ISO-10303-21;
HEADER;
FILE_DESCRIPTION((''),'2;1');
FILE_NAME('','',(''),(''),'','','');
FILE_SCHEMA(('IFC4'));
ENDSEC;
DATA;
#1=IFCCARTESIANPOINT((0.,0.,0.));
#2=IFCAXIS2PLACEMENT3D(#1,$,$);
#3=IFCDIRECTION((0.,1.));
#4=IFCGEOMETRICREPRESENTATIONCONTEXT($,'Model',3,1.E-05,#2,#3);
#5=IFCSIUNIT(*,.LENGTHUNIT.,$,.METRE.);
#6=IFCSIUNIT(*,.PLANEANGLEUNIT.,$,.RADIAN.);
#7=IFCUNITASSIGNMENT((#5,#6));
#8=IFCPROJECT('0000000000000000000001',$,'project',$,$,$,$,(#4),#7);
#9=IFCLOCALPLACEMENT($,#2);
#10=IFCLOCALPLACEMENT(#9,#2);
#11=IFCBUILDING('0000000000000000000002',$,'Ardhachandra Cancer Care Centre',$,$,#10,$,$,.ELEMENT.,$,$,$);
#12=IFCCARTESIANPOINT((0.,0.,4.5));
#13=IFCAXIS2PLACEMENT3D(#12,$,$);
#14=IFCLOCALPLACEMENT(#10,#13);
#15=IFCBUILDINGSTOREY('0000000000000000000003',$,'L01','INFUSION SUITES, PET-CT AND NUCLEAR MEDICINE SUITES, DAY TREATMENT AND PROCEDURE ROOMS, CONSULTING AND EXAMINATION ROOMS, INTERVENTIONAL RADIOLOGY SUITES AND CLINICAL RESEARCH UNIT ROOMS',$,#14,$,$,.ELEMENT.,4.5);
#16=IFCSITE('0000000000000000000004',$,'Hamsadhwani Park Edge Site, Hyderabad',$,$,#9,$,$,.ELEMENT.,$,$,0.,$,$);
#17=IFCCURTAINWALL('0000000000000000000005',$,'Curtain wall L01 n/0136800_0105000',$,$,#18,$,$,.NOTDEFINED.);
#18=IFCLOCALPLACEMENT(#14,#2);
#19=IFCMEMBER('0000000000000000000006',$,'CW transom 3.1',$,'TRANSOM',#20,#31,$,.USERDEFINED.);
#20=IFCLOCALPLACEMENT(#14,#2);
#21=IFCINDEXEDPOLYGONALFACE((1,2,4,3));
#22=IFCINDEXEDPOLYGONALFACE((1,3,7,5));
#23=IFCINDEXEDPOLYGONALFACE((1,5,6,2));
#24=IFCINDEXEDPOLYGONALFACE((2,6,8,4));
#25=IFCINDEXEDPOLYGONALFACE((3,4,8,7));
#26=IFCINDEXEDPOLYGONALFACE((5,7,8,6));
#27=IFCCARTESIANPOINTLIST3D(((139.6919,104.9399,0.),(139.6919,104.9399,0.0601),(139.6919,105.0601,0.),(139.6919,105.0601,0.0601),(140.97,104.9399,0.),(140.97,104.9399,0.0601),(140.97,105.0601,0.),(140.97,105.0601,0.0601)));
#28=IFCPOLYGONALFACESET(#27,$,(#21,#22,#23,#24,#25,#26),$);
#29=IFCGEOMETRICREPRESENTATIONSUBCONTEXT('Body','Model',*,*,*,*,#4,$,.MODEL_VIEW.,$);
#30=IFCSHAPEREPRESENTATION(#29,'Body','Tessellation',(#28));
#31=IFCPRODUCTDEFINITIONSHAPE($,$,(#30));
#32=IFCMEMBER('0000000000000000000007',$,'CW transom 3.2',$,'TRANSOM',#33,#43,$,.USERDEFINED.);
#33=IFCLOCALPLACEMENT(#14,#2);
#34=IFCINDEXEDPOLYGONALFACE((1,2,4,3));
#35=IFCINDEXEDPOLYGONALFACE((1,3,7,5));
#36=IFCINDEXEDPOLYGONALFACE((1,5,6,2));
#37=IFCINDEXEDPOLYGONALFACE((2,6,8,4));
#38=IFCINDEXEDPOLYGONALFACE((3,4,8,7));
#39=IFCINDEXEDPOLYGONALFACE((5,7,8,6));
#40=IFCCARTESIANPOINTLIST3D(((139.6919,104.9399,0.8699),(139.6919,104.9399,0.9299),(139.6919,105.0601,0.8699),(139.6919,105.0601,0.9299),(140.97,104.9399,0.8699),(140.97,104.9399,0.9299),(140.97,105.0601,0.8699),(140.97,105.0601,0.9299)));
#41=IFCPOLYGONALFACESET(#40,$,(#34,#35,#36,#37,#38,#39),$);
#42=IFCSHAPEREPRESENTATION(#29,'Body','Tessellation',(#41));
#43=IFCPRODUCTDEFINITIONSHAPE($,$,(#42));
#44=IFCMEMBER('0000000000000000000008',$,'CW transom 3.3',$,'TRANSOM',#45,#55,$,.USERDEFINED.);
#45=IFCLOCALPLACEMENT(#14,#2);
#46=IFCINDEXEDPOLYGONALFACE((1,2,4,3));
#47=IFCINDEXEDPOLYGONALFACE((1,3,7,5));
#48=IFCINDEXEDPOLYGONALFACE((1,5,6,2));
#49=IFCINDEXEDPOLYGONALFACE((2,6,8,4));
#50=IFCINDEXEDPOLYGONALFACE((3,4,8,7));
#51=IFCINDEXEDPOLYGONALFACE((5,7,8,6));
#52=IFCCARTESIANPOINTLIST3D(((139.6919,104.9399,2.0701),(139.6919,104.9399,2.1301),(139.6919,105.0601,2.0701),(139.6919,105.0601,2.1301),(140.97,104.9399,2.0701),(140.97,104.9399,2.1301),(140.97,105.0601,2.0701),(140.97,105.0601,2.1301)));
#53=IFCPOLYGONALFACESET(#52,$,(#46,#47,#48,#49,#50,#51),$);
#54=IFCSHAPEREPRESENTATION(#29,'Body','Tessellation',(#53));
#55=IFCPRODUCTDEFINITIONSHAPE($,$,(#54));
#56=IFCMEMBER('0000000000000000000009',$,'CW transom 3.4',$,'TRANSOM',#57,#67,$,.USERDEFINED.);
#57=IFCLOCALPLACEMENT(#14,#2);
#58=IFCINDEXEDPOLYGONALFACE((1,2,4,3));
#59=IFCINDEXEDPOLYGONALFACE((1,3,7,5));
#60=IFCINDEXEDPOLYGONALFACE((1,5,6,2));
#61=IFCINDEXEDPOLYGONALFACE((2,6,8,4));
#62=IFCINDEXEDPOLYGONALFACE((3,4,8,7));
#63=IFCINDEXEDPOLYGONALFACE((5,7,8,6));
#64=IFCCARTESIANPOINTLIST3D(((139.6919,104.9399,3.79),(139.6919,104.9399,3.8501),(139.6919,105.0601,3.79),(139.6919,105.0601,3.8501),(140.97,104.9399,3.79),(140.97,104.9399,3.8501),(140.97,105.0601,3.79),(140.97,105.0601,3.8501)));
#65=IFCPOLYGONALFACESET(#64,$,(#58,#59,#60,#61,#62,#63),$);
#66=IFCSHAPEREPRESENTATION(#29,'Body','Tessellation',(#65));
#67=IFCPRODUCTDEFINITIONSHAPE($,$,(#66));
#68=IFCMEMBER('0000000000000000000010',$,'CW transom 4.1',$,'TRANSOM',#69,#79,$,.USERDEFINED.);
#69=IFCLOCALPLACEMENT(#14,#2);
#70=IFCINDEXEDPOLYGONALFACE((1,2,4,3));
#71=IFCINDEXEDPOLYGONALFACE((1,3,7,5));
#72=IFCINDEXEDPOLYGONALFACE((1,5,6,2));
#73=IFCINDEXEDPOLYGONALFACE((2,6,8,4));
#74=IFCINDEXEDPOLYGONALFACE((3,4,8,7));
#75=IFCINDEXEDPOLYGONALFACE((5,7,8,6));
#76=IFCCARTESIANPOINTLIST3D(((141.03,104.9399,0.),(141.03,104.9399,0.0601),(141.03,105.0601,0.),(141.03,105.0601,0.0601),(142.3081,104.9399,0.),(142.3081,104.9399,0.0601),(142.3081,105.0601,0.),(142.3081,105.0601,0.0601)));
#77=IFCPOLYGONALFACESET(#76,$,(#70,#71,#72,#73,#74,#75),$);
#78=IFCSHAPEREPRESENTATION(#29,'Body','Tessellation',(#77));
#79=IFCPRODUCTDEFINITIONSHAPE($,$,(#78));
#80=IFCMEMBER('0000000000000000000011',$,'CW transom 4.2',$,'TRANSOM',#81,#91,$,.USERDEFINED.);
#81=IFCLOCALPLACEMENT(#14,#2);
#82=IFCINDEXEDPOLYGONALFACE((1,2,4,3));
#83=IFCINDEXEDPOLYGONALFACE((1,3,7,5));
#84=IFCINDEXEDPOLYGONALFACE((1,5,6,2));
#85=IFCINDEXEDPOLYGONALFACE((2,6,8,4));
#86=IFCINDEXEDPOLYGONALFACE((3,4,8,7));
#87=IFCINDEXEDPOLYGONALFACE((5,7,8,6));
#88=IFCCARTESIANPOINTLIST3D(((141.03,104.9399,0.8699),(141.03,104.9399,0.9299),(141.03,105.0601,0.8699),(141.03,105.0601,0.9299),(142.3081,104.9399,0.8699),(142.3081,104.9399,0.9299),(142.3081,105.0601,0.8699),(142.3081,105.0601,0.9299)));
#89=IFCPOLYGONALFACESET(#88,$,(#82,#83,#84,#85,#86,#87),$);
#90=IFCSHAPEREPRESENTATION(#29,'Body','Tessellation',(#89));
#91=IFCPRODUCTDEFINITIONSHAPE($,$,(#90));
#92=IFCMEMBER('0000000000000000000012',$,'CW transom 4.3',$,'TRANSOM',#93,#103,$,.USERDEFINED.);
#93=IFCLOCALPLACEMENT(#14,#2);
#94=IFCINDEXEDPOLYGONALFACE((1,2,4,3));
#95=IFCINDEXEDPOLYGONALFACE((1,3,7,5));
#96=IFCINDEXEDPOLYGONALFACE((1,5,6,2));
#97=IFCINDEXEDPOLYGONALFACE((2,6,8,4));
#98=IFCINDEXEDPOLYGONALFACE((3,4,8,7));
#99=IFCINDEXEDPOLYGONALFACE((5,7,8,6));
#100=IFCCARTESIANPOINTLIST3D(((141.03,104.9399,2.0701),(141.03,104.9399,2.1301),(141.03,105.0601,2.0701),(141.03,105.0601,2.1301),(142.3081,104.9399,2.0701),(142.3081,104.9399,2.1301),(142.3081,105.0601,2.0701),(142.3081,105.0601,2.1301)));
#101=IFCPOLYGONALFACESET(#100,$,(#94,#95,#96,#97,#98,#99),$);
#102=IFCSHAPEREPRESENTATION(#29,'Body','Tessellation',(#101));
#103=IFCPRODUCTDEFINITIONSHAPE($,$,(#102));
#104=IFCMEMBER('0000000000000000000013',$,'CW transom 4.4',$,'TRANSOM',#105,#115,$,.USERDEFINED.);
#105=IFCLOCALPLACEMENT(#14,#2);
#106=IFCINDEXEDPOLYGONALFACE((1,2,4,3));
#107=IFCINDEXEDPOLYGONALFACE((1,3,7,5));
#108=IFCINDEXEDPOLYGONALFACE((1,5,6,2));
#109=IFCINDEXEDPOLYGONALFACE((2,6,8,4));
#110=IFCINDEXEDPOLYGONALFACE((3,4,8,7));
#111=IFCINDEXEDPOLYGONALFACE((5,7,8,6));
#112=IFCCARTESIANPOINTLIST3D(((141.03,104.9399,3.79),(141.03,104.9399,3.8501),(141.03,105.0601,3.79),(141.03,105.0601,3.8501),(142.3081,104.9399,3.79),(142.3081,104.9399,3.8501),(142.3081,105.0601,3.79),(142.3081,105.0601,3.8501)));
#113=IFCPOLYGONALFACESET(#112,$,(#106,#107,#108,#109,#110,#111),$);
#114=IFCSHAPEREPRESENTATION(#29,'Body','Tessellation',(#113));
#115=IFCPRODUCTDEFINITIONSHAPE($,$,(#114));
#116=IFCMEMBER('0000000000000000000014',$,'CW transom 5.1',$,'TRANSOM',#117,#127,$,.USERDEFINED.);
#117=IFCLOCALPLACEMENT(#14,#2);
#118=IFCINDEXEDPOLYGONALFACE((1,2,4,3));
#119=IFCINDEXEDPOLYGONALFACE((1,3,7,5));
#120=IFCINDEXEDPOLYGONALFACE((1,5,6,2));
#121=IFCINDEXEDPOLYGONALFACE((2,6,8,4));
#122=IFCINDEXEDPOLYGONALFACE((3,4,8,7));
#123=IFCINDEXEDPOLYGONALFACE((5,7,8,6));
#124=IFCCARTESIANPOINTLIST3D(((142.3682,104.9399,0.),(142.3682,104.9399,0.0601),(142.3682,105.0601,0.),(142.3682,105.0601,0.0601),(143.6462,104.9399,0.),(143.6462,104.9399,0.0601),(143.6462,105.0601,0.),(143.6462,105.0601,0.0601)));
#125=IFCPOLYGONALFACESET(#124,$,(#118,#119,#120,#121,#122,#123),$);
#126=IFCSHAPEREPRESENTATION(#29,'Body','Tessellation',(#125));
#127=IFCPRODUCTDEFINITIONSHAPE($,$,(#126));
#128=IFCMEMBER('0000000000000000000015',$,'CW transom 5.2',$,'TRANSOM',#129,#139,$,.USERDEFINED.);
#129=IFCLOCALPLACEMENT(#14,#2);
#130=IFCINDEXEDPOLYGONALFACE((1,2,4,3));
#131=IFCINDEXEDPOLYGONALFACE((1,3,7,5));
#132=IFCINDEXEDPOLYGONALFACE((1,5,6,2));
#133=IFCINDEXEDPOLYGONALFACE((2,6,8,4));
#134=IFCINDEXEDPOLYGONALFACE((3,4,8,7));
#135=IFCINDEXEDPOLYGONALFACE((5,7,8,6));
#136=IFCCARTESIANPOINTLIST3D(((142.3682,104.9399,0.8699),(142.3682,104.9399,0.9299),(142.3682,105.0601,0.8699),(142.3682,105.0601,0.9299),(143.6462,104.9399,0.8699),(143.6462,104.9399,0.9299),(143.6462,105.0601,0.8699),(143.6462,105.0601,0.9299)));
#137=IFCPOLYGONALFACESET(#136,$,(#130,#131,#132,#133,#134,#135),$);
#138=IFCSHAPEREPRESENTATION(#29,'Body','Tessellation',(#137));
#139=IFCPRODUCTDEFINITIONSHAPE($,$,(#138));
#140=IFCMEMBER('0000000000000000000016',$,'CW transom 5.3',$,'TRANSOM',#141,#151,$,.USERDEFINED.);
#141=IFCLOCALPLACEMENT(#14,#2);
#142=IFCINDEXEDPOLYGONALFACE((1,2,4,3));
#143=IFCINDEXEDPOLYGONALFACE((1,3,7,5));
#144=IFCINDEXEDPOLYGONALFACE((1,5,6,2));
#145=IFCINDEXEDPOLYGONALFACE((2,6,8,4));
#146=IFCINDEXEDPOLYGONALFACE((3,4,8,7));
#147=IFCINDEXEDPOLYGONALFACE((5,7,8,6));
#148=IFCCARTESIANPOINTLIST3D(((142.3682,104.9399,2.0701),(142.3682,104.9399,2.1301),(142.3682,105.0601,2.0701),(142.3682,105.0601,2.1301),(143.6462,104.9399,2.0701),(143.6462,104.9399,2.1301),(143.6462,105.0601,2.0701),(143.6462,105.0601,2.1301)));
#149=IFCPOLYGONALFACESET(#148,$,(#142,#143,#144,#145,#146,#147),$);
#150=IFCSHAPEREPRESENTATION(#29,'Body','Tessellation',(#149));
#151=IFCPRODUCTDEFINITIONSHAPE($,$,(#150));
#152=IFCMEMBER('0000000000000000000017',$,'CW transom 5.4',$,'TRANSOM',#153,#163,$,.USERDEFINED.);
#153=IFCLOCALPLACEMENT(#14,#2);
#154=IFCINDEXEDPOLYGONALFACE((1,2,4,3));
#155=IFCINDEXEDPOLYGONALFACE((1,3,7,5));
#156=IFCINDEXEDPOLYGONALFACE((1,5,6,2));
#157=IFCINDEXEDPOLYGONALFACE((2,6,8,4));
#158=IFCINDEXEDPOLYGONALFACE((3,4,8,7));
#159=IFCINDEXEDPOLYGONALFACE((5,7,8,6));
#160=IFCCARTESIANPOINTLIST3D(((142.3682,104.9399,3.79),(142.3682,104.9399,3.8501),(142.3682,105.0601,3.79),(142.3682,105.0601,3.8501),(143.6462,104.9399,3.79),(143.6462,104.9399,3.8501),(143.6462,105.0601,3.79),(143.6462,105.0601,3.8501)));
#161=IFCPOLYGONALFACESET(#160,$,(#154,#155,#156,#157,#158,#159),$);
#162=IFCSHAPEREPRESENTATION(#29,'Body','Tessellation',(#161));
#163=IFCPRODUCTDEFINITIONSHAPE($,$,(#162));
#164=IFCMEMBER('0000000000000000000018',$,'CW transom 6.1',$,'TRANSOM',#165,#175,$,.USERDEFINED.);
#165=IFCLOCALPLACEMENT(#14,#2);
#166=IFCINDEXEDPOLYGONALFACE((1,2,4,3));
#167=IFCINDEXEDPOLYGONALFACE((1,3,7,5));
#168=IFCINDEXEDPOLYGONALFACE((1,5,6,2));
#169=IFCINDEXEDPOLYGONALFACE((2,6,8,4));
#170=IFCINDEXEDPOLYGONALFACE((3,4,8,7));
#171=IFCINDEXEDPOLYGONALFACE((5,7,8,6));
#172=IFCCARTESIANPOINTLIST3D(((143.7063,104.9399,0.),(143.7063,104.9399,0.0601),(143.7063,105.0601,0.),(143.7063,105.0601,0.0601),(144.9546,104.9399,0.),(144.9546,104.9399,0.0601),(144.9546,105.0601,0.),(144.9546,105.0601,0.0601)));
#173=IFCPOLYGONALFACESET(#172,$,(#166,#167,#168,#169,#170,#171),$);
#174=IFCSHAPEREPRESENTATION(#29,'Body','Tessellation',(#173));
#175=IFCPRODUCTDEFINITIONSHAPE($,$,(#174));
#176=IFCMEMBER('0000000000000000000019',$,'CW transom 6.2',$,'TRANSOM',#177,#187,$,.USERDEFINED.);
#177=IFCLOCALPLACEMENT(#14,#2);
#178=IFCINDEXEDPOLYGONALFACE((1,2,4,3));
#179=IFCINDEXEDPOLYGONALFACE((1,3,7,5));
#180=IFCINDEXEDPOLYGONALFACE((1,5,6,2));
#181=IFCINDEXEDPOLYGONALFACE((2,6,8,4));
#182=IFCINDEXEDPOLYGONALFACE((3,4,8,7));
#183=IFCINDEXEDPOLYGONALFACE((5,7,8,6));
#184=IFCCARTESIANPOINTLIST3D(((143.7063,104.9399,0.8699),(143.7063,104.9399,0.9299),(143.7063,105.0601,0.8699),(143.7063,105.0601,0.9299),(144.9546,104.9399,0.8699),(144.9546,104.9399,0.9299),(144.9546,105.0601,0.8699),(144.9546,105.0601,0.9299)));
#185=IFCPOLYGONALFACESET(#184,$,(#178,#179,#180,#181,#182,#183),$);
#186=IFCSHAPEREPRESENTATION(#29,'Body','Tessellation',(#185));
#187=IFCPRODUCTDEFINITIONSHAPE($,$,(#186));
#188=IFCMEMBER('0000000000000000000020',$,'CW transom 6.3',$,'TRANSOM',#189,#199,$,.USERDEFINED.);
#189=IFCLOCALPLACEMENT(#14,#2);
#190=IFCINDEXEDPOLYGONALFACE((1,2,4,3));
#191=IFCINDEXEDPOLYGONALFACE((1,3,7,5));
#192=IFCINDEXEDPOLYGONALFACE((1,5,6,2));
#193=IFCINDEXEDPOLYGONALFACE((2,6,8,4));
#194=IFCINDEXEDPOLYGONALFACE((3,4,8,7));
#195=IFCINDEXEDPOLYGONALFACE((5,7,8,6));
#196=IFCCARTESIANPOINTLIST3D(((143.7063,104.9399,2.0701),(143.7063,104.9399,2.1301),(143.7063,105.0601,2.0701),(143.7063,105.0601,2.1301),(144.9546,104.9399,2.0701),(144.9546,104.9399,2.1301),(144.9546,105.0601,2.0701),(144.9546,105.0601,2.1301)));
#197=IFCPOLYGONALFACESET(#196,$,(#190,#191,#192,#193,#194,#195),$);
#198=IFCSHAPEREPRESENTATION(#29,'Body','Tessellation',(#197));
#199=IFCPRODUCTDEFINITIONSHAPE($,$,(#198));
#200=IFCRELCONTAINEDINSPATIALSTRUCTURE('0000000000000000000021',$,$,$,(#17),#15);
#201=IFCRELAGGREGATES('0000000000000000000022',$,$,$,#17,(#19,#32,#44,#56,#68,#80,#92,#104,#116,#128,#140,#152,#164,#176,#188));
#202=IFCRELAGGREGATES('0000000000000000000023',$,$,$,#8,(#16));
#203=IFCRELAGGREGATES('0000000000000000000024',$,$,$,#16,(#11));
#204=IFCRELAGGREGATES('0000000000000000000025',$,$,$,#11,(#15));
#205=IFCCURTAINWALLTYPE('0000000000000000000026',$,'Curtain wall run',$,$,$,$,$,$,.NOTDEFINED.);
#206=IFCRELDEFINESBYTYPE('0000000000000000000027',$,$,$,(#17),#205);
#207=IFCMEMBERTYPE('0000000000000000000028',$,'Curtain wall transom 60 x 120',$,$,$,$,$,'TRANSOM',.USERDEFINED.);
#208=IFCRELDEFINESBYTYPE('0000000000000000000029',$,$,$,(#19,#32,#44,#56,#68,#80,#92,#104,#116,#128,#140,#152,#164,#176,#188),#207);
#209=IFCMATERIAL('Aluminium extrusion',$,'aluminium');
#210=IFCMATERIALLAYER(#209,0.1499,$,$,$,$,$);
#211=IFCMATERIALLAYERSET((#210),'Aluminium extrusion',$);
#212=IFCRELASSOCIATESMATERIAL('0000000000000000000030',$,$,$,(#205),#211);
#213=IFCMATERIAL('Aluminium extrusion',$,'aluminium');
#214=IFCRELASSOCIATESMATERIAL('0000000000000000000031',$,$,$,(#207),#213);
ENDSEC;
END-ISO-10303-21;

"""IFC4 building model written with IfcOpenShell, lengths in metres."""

from ifc_helpers import new_model, si_unit, direction, frame, origin, origin_2d, place, context, subcontext, project, spatial, rectangle, extrude, material, layer, layer_set, material_profile, profile_set, type_object, element, aggregate, save


model = new_model("IFC4")

# Units and contexts
model_context = context("Model", 3, precision=1e-05, world=origin(), true_north=direction((0.0, 1.0)))
body_context = subcontext(model_context, "Body", "Model", "MODEL_VIEW")
ifc_project = project(units=[si_unit("LENGTHUNIT", "METRE"), si_unit("PLANEANGLEUNIT", "RADIAN")], contexts=[model_context])

# Site, building, storey
site_placement = place(None, origin())
site = spatial("IfcSite", under=ifc_project, at=site_placement, Name="Hamsadhwani Park Edge Site, Hyderabad", CompositionType="ELEMENT", RefElevation=0.0)
building_placement = place(site_placement, origin())
building = spatial("IfcBuilding", under=site, at=building_placement, Name="Ardhachandra Cancer Care Centre", CompositionType="ELEMENT")
storey_placement = place(building_placement, frame((0.0, 0.0, 4.5)))
storey = spatial("IfcBuildingStorey", under=building, at=storey_placement, Name="L01", Description="INFUSION SUITES, PET-CT AND NUCLEAR MEDICINE SUITES, DAY TREATMENT AND PROCEDURE ROOMS, CONSULTING AND EXAMINATION ROOMS, INTERVENTIONAL RADIOLOGY SUITES AND CLINICAL RESEARCH UNIT ROOMS", CompositionType="ELEMENT", Elevation=4.5)

# Shared definitions
ifc_material_1 = material(Name="Aluminium extrusion", Category="aluminium")
ifc_layer_1 = layer(ifc_material_1, 0.1499)
ifc_layer_set_1 = layer_set([ifc_layer_1], Name="Aluminium extrusion")
curtain_wall_type = type_object("IfcCurtainWallType", Name="Curtain wall run", PredefinedType="NOTDEFINED", material=ifc_layer_set_1)

# Curtain wall, members
curtain_wall_1_placement = place(storey_placement, origin())
curtain_wall_1 = element("IfcCurtainWall", 1, at=curtain_wall_1_placement, inside=storey, type_object=curtain_wall_type, Name="Curtain wall L01 n/0136800_0105000", PredefinedType="NOTDEFINED")
ifc_material_2 = material(Name="Aluminium extrusion", Category="aluminium")
ifc_material_profile_1 = material_profile(ifc_material_2, rectangle(XDim=0.1201, YDim=0.0601, at=origin_2d()), Name="Curtain wall transom 60 x 120")
ifc_profile_set_1 = profile_set([ifc_material_profile_1], Name="Aluminium extrusion")
member_type_1 = type_object("IfcMemberType", Name="Curtain wall transom 60 x 120", ElementType="TRANSOM", PredefinedType="USERDEFINED", material=ifc_profile_set_1)
member_1_placement = place(storey_placement, frame((139.6919, 105.0, 0.03), z_axis=(1.0, 0.0, 0.0), x_axis=(0.0, 1.0, 0.0)))
member_1 = element("IfcMember", 2, at=member_1_placement, type_object=member_type_1, Name="CW transom 3.1", ObjectType="TRANSOM", PredefinedType="USERDEFINED", context=body_context, shape_type="SweptSolid", body=[
    extrude(rectangle(XDim=0.1201, YDim=0.0601, at=origin_2d()), origin(), (0.0, 0.0, 1.0), 1.2781),
])
member_2_placement = place(storey_placement, frame((139.6919, 105.0, 0.8999), z_axis=(1.0, 0.0, 0.0), x_axis=(0.0, 1.0, 0.0)))
member_2 = element("IfcMember", 3, at=member_2_placement, type_object=member_type_1, Name="CW transom 3.2", ObjectType="TRANSOM", PredefinedType="USERDEFINED", context=body_context, shape_type="SweptSolid", body=[
    extrude(rectangle(XDim=0.1201, YDim=0.0601, at=origin_2d()), origin(), (0.0, 0.0, 1.0), 1.2781),
])
member_3_placement = place(storey_placement, frame((139.6919, 105.0, 2.1001), z_axis=(1.0, 0.0, 0.0), x_axis=(0.0, 1.0, 0.0)))
member_3 = element("IfcMember", 4, at=member_3_placement, type_object=member_type_1, Name="CW transom 3.3", ObjectType="TRANSOM", PredefinedType="USERDEFINED", context=body_context, shape_type="SweptSolid", body=[
    extrude(rectangle(XDim=0.1201, YDim=0.0601, at=origin_2d()), origin(), (0.0, 0.0, 1.0), 1.2781),
])
member_4_placement = place(storey_placement, frame((139.6919, 105.0, 3.8201), z_axis=(1.0, 0.0, 0.0), x_axis=(0.0, 1.0, 0.0)))
member_4 = element("IfcMember", 5, at=member_4_placement, type_object=member_type_1, Name="CW transom 3.4", ObjectType="TRANSOM", PredefinedType="USERDEFINED", context=body_context, shape_type="SweptSolid", body=[
    extrude(rectangle(XDim=0.1201, YDim=0.0601, at=origin_2d()), origin(), (0.0, 0.0, 1.0), 1.2781),
])
member_5_placement = place(storey_placement, frame((141.03, 105.0, 0.03), z_axis=(1.0, 0.0, 0.0), x_axis=(0.0, 1.0, 0.0)))
member_5 = element("IfcMember", 6, at=member_5_placement, type_object=member_type_1, Name="CW transom 4.1", ObjectType="TRANSOM", PredefinedType="USERDEFINED", context=body_context, shape_type="SweptSolid", body=[
    extrude(rectangle(XDim=0.1201, YDim=0.0601, at=origin_2d()), origin(), (0.0, 0.0, 1.0), 1.2781),
])
member_6_placement = place(storey_placement, frame((141.03, 105.0, 0.8999), z_axis=(1.0, 0.0, 0.0), x_axis=(0.0, 1.0, 0.0)))
member_6 = element("IfcMember", 7, at=member_6_placement, type_object=member_type_1, Name="CW transom 4.2", ObjectType="TRANSOM", PredefinedType="USERDEFINED", context=body_context, shape_type="SweptSolid", body=[
    extrude(rectangle(XDim=0.1201, YDim=0.0601, at=origin_2d()), origin(), (0.0, 0.0, 1.0), 1.2781),
])
member_7_placement = place(storey_placement, frame((141.03, 105.0, 2.1001), z_axis=(1.0, 0.0, 0.0), x_axis=(0.0, 1.0, 0.0)))
member_7 = element("IfcMember", 8, at=member_7_placement, type_object=member_type_1, Name="CW transom 4.3", ObjectType="TRANSOM", PredefinedType="USERDEFINED", context=body_context, shape_type="SweptSolid", body=[
    extrude(rectangle(XDim=0.1201, YDim=0.0601, at=origin_2d()), origin(), (0.0, 0.0, 1.0), 1.2781),
])
member_8_placement = place(storey_placement, frame((141.03, 105.0, 3.8201), z_axis=(1.0, 0.0, 0.0), x_axis=(0.0, 1.0, 0.0)))
member_8 = element("IfcMember", 9, at=member_8_placement, type_object=member_type_1, Name="CW transom 4.4", ObjectType="TRANSOM", PredefinedType="USERDEFINED", context=body_context, shape_type="SweptSolid", body=[
    extrude(rectangle(XDim=0.1201, YDim=0.0601, at=origin_2d()), origin(), (0.0, 0.0, 1.0), 1.2781),
])
member_9_placement = place(storey_placement, frame((142.3682, 105.0, 0.03), z_axis=(1.0, 0.0, 0.0), x_axis=(0.0, 1.0, 0.0)))
member_9 = element("IfcMember", 10, at=member_9_placement, type_object=member_type_1, Name="CW transom 5.1", ObjectType="TRANSOM", PredefinedType="USERDEFINED", context=body_context, shape_type="SweptSolid", body=[
    extrude(rectangle(XDim=0.1201, YDim=0.0601, at=origin_2d()), origin(), (0.0, 0.0, 1.0), 1.2781),
])
member_10_placement = place(storey_placement, frame((142.3682, 105.0, 0.8999), z_axis=(1.0, 0.0, 0.0), x_axis=(0.0, 1.0, 0.0)))
member_10 = element("IfcMember", 11, at=member_10_placement, type_object=member_type_1, Name="CW transom 5.2", ObjectType="TRANSOM", PredefinedType="USERDEFINED", context=body_context, shape_type="SweptSolid", body=[
    extrude(rectangle(XDim=0.1201, YDim=0.0601, at=origin_2d()), origin(), (0.0, 0.0, 1.0), 1.2781),
])
member_11_placement = place(storey_placement, frame((142.3682, 105.0, 2.1001), z_axis=(1.0, 0.0, 0.0), x_axis=(0.0, 1.0, 0.0)))
member_11 = element("IfcMember", 12, at=member_11_placement, type_object=member_type_1, Name="CW transom 5.3", ObjectType="TRANSOM", PredefinedType="USERDEFINED", context=body_context, shape_type="SweptSolid", body=[
    extrude(rectangle(XDim=0.1201, YDim=0.0601, at=origin_2d()), origin(), (0.0, 0.0, 1.0), 1.2781),
])
member_12_placement = place(storey_placement, frame((142.3682, 105.0, 3.8201), z_axis=(1.0, 0.0, 0.0), x_axis=(0.0, 1.0, 0.0)))
member_12 = element("IfcMember", 13, at=member_12_placement, type_object=member_type_1, Name="CW transom 5.4", ObjectType="TRANSOM", PredefinedType="USERDEFINED", context=body_context, shape_type="SweptSolid", body=[
    extrude(rectangle(XDim=0.1201, YDim=0.0601, at=origin_2d()), origin(), (0.0, 0.0, 1.0), 1.2781),
])
member_13_placement = place(storey_placement, frame((143.7063, 105.0, 0.03), z_axis=(1.0, 0.0, 0.0), x_axis=(0.0, 1.0, 0.0)))
member_13 = element("IfcMember", 14, at=member_13_placement, type_object=member_type_1, Name="CW transom 6.1", ObjectType="TRANSOM", PredefinedType="USERDEFINED", context=body_context, shape_type="SweptSolid", body=[
    extrude(rectangle(XDim=0.1201, YDim=0.0601, at=origin_2d()), origin(), (0.0, 0.0, 1.0), 1.2483),
])
member_14_placement = place(storey_placement, frame((143.7063, 105.0, 0.8999), z_axis=(1.0, 0.0, 0.0), x_axis=(0.0, 1.0, 0.0)))
member_14 = element("IfcMember", 15, at=member_14_placement, type_object=member_type_1, Name="CW transom 6.2", ObjectType="TRANSOM", PredefinedType="USERDEFINED", context=body_context, shape_type="SweptSolid", body=[
    extrude(rectangle(XDim=0.1201, YDim=0.0601, at=origin_2d()), origin(), (0.0, 0.0, 1.0), 1.2483),
])
member_15_placement = place(storey_placement, frame((143.7063, 105.0, 2.1001), z_axis=(1.0, 0.0, 0.0), x_axis=(0.0, 1.0, 0.0)))
member_15 = element("IfcMember", 16, at=member_15_placement, type_object=member_type_1, Name="CW transom 6.3", ObjectType="TRANSOM", PredefinedType="USERDEFINED", context=body_context, shape_type="SweptSolid", body=[
    extrude(rectangle(XDim=0.1201, YDim=0.0601, at=origin_2d()), origin(), (0.0, 0.0, 1.0), 1.2483),
])
aggregate(curtain_wall_1, [member_1, member_2, member_3, member_4, member_5, member_6, member_7, member_8, member_9, member_10, member_11, member_12, member_13, member_14, member_15])

save(model, "model.ifc")
